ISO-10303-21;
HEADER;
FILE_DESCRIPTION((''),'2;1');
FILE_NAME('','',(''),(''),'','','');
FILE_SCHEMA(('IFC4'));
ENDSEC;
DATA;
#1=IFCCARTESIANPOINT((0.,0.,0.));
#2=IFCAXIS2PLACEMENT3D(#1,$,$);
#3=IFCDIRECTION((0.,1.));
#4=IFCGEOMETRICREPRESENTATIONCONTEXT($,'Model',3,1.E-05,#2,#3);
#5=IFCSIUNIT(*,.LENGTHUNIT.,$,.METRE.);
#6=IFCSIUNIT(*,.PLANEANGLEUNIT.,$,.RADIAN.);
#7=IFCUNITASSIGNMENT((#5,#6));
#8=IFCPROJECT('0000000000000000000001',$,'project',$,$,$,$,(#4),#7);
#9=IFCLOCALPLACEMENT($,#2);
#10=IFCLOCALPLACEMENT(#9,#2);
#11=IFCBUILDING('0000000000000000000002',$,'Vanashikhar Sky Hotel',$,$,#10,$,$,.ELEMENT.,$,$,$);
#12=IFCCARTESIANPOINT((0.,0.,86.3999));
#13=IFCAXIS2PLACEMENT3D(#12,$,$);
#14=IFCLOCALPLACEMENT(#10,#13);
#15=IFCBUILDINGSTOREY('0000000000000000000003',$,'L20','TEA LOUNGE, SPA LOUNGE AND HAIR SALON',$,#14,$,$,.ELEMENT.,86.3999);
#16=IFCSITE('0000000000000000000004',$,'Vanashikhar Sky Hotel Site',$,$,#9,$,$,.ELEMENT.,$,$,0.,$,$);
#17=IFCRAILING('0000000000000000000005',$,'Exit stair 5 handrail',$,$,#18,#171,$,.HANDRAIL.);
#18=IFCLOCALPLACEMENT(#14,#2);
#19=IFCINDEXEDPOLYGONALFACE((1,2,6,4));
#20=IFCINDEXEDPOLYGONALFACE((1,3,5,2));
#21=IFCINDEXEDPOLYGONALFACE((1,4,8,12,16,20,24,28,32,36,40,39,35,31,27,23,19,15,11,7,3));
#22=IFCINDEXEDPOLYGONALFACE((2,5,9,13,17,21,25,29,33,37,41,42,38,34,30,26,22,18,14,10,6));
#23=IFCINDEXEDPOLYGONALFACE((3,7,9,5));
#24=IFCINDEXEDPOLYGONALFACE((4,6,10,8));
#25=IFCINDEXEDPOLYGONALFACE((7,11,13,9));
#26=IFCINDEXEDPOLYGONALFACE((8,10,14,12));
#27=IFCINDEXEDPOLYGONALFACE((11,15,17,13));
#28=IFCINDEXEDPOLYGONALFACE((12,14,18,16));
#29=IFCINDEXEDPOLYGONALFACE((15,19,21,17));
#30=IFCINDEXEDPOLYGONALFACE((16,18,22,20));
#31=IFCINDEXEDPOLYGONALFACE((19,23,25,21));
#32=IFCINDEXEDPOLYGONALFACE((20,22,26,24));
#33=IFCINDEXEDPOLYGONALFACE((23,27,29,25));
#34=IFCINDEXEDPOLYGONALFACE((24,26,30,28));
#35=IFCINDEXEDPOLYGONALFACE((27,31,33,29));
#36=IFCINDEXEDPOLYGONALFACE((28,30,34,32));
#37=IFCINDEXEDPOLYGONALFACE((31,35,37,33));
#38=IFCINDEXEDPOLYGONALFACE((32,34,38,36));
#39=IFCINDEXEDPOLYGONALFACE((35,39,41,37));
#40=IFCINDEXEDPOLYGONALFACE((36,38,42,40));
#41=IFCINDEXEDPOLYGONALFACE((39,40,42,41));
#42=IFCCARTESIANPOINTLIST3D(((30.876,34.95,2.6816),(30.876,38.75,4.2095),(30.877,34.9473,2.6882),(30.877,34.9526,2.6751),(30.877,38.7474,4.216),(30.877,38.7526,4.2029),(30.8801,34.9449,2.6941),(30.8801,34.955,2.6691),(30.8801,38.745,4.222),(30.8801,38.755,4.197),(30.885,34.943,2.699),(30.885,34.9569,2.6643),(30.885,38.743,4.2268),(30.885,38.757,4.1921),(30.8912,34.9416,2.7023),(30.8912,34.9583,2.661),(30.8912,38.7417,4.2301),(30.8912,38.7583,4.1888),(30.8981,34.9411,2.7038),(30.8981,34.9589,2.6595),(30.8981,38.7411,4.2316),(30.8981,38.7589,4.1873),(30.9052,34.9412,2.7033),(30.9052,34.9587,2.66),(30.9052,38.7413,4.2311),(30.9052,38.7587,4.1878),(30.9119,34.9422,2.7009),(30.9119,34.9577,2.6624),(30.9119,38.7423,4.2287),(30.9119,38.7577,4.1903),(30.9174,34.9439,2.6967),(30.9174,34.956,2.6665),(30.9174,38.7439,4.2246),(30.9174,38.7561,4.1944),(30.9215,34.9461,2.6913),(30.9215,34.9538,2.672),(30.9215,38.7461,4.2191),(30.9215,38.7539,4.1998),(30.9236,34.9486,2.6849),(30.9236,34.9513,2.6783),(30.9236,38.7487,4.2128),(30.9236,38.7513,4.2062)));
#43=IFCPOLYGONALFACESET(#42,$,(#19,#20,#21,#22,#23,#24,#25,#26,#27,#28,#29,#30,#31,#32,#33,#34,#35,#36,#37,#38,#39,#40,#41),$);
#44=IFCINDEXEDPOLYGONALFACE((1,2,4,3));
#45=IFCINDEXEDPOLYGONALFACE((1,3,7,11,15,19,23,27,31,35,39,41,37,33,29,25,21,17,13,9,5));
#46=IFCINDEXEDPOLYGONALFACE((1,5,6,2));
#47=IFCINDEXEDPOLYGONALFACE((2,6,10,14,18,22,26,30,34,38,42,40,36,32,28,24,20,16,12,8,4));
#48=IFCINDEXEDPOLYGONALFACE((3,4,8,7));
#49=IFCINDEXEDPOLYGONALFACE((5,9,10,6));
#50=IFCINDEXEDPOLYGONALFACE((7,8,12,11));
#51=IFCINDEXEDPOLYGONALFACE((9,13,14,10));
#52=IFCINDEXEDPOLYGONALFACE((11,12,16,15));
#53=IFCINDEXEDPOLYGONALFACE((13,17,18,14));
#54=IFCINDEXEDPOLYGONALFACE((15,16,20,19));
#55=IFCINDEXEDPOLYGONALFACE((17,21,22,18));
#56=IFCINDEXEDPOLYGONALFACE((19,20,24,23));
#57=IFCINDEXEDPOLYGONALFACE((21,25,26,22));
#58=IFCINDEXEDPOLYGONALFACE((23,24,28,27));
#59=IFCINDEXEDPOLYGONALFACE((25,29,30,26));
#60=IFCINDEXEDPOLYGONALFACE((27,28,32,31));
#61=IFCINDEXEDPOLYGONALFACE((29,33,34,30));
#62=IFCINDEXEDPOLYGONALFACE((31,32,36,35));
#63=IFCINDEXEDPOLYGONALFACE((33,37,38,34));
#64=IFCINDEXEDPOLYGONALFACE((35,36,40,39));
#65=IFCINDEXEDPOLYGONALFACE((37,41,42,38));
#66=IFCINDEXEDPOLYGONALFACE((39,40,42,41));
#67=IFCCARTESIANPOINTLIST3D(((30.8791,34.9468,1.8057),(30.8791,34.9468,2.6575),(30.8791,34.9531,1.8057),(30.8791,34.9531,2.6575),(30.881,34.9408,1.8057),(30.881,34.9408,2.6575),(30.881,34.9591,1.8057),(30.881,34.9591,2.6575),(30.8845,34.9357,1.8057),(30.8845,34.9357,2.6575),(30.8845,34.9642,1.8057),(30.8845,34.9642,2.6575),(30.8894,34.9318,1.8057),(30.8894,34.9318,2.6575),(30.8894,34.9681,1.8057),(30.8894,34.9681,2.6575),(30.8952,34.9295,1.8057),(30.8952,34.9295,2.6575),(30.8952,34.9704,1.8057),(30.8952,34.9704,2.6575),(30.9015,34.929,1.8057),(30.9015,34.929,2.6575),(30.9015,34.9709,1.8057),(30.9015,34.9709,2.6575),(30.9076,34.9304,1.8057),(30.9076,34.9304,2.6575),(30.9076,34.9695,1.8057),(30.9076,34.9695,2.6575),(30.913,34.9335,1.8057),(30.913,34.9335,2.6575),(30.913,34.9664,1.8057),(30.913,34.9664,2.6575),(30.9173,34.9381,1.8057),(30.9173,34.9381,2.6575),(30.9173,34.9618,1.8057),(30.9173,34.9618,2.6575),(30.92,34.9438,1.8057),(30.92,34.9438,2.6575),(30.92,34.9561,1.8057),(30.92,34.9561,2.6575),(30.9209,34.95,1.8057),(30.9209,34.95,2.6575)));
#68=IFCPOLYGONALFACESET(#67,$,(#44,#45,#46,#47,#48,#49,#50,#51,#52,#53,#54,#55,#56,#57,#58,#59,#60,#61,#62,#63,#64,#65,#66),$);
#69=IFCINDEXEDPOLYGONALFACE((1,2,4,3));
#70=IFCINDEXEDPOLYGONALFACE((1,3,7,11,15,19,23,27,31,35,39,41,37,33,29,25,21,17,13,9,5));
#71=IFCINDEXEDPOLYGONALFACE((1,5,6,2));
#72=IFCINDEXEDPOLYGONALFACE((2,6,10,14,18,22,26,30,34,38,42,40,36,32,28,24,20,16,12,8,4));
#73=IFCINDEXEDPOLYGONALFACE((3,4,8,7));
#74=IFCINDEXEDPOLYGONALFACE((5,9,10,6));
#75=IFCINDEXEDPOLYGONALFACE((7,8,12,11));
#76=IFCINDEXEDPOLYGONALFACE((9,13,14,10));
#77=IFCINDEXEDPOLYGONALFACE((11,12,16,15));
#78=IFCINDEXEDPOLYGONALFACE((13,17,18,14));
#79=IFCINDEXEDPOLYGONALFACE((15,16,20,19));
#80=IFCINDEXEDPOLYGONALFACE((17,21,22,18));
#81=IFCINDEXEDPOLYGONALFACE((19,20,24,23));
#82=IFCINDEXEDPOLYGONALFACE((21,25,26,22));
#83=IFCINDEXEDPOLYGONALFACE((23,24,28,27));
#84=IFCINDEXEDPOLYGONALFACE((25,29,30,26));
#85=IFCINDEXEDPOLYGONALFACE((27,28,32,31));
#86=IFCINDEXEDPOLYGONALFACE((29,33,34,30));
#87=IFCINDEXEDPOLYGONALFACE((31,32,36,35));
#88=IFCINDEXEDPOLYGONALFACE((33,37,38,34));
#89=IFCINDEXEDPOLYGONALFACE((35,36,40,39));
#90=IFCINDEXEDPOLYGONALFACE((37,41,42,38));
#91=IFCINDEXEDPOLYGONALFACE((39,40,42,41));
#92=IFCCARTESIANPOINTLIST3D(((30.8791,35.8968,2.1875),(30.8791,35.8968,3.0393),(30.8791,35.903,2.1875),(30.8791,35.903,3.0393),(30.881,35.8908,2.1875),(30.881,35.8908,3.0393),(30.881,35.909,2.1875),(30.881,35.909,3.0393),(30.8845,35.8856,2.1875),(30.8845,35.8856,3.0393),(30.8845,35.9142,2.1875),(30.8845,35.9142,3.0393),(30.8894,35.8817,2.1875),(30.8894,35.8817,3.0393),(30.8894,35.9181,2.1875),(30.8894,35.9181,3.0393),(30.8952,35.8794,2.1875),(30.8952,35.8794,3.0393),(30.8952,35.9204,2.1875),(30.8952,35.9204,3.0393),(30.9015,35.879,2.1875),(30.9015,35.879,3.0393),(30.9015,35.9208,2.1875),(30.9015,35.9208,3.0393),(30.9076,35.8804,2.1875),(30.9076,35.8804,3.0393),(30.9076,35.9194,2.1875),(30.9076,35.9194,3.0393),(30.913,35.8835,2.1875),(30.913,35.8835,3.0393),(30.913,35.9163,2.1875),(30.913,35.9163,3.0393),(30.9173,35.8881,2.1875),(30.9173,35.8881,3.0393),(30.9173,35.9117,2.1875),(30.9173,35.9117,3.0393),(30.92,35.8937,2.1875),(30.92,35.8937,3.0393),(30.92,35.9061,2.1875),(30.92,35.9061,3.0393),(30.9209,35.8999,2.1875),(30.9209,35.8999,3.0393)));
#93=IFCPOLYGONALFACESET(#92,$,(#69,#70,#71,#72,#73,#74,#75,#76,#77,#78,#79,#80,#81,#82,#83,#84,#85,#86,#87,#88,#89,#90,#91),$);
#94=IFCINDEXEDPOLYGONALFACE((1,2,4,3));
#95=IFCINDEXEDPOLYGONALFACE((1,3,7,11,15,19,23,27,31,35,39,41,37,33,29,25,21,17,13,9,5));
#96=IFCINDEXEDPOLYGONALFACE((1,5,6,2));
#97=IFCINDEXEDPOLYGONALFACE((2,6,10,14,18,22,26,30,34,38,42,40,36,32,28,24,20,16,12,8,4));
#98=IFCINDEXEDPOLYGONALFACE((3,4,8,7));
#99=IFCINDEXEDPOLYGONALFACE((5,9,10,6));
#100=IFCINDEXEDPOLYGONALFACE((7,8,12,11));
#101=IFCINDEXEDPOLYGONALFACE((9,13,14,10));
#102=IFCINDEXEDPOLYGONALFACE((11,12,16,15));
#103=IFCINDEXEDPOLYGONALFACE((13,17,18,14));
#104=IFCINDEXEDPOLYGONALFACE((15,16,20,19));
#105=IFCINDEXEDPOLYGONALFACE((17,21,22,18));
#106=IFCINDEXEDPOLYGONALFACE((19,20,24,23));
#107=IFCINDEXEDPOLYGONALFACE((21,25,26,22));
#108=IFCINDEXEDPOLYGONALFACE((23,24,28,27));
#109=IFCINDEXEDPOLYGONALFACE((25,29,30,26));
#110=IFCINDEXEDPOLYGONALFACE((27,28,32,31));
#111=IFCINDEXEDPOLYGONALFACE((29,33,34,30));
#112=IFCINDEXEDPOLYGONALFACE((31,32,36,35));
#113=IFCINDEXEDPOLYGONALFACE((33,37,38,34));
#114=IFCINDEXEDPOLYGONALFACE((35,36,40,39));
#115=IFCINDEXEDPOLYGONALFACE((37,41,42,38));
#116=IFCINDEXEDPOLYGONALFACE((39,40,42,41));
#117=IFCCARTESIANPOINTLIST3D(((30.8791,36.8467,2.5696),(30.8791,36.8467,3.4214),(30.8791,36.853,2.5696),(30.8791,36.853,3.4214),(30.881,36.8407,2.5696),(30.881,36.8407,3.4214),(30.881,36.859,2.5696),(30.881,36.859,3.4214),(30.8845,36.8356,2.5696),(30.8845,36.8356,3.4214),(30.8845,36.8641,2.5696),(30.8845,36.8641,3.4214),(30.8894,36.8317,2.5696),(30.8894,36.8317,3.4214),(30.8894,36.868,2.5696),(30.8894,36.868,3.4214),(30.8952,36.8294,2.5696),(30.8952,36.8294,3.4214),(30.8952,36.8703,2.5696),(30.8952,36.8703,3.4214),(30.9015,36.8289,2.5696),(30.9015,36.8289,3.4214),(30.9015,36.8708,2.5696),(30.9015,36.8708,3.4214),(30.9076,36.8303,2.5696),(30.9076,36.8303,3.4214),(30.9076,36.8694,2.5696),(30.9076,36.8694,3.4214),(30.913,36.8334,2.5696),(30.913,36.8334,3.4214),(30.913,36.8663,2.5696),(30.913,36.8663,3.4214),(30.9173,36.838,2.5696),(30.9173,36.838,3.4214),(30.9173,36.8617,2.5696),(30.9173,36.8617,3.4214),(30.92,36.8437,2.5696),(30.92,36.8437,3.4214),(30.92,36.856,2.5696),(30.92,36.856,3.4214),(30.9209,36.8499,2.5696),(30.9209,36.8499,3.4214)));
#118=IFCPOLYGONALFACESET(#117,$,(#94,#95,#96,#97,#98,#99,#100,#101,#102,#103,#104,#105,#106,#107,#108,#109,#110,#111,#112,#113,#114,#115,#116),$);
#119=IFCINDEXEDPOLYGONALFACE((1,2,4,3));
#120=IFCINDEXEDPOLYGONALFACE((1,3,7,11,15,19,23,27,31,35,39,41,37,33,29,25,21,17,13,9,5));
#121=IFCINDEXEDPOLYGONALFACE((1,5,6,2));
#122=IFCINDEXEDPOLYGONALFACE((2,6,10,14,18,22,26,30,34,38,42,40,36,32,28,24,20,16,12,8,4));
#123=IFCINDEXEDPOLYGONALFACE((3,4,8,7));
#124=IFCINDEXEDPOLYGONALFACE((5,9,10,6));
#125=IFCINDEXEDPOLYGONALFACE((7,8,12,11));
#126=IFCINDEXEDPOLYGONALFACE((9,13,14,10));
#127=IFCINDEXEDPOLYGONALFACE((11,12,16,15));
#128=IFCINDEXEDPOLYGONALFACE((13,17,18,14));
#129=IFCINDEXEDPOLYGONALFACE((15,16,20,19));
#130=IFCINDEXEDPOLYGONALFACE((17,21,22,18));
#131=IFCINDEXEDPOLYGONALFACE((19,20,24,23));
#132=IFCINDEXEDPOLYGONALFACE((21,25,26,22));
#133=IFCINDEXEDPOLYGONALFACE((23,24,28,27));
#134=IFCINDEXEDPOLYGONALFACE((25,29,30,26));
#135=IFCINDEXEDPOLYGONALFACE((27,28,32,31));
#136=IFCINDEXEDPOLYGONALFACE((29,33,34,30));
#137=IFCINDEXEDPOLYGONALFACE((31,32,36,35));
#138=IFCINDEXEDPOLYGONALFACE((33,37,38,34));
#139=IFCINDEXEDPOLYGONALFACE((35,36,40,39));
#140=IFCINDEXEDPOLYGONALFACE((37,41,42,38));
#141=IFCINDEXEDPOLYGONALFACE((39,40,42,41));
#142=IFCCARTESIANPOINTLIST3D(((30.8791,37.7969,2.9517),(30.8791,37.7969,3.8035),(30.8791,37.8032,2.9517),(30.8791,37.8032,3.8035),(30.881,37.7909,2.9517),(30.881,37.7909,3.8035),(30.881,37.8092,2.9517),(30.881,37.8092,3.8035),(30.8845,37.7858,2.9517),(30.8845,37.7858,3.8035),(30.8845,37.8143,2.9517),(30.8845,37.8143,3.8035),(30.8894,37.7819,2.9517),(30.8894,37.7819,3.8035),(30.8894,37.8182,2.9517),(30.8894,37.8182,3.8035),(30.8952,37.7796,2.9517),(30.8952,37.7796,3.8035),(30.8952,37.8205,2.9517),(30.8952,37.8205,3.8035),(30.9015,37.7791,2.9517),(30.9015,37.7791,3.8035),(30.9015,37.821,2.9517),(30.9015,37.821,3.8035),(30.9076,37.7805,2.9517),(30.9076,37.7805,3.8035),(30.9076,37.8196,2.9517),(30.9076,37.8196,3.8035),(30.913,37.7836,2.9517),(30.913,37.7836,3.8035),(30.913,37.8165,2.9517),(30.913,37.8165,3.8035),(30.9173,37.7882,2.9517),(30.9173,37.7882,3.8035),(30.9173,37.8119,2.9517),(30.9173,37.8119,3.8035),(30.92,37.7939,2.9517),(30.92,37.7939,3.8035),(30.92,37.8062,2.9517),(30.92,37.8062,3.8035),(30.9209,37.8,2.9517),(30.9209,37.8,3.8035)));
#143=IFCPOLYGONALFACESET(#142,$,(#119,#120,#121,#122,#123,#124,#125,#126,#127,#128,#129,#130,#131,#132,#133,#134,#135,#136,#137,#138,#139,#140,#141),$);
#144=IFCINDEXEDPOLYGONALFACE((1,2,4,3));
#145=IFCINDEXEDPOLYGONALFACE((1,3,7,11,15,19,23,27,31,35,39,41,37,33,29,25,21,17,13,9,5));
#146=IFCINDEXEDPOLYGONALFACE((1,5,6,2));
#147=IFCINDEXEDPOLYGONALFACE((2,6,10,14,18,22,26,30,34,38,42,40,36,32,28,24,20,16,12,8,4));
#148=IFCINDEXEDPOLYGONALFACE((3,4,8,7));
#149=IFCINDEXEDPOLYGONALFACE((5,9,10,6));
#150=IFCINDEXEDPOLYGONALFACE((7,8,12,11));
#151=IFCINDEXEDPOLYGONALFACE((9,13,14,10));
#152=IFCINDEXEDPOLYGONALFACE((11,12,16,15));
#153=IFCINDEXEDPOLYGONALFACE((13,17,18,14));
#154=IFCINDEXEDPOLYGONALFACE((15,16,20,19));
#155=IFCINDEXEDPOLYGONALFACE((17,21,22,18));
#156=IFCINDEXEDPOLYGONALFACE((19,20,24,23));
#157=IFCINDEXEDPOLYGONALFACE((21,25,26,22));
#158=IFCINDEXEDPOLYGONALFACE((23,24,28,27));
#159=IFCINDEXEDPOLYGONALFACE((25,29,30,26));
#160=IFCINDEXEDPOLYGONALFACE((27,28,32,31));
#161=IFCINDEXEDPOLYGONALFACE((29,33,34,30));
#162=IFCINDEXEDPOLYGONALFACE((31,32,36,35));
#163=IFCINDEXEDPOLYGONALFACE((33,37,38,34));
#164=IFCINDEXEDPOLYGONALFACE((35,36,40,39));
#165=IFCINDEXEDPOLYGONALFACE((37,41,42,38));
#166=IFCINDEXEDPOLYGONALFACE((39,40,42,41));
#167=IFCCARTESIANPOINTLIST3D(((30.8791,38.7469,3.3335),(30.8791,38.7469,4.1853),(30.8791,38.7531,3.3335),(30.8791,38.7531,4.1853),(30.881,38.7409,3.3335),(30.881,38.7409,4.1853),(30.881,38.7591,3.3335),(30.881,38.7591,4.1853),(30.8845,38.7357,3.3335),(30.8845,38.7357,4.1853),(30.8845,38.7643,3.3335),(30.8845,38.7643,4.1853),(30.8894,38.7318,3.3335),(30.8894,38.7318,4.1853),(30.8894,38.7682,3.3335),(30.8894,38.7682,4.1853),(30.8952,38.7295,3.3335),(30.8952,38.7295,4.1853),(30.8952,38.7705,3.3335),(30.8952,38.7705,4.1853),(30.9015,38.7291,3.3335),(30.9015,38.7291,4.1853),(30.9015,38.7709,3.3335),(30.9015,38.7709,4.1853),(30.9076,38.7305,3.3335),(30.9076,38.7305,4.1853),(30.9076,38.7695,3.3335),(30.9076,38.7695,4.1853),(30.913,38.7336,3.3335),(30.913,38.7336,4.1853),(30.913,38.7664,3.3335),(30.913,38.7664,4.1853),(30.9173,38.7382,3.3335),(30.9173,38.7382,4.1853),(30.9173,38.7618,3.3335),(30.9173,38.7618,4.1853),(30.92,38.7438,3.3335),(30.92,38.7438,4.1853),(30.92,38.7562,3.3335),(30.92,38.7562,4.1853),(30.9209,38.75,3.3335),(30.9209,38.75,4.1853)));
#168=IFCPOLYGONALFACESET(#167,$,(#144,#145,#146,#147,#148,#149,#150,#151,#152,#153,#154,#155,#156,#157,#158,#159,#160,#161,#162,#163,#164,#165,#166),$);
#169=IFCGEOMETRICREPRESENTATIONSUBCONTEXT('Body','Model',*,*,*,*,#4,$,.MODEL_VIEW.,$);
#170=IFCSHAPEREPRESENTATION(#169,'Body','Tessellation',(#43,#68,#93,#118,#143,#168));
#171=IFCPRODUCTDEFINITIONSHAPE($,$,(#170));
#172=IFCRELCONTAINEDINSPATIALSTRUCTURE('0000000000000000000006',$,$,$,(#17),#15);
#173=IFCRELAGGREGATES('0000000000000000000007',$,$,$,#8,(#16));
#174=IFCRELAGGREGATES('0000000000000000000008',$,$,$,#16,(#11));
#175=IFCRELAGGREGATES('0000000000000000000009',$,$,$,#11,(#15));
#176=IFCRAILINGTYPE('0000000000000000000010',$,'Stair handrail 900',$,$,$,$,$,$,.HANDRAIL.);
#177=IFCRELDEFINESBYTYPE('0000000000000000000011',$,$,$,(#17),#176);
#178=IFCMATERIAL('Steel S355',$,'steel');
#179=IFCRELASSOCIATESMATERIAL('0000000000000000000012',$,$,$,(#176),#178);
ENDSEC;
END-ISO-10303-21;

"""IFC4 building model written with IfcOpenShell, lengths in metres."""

from ifc_helpers import new_model, si_unit, direction, frame, origin, origin_2d, place, context, subcontext, project, spatial, circle, extrude, source, transform, mapped, material, type_object, element, save


model = new_model("IFC4")

# Units and contexts
model_context = context("Model", 3, precision=1e-05, world=origin(), true_north=direction((0.0, 1.0)))
body_context = subcontext(model_context, "Body", "Model", "MODEL_VIEW")
ifc_project = project(units=[si_unit("LENGTHUNIT", "METRE"), si_unit("PLANEANGLEUNIT", "RADIAN")], contexts=[model_context])

# Site, building, storey
site_placement = place(None, origin())
site = spatial("IfcSite", under=ifc_project, at=site_placement, Name="Vanashikhar Sky Hotel Site", CompositionType="ELEMENT", RefElevation=0.0)
building_placement = place(site_placement, origin())
building = spatial("IfcBuilding", under=site, at=building_placement, Name="Vanashikhar Sky Hotel", CompositionType="ELEMENT")
storey_placement = place(building_placement, frame((0.0, 0.0, 86.3999)))
storey = spatial("IfcBuildingStorey", under=building, at=storey_placement, Name="L20", Description="TEA LOUNGE, SPA LOUNGE AND HAIR SALON", CompositionType="ELEMENT", Elevation=86.3999)

# Railing
ifc_material_1 = material(Name="Steel S355", Category="steel")
railing_type = type_object("IfcRailingType", Name="Stair handrail 900", PredefinedType="HANDRAIL", material=ifc_material_1)
shared_shape_1 = source(origin(), body_context, "Body", "SweptSolid", [
    extrude(circle(Radius=0.0239, at=origin_2d()), frame((0.0, 0.0, 0.876), z_axis=(0.0, 0.927817, 0.373034), x_axis=(-1.0, 0.0, 0.0)), (0.0, 0.0, 1.0), 4.0957),
    extrude(circle(Radius=0.021, at=origin_2d()), origin(), (0.0, 0.0, 1.0), 0.8518),
    extrude(circle(Radius=0.021, at=origin_2d()), frame((0.0, 0.95, 0.3818)), (0.0, 0.0, 1.0), 0.8518),
    extrude(circle(Radius=0.021, at=origin_2d()), frame((0.0, 1.8999, 0.7639)), (0.0, 0.0, 1.0), 0.8518),
    extrude(circle(Radius=0.021, at=origin_2d()), frame((0.0, 2.8501, 1.146)), (0.0, 0.0, 1.0), 0.8518),
    extrude(circle(Radius=0.021, at=origin_2d()), frame((0.0, 3.8, 1.5278)), (0.0, 0.0, 1.0), 0.8518),
])
for number, where, name in (
    (1, (30.8999, 34.95, 1.8057), "Exit stair 5 handrail"),
):
    element("IfcRailing", number, at=place(storey_placement, frame(where)), inside=storey, type_object=railing_type, Name=name, PredefinedType="HANDRAIL", context=body_context, shape_type="MappedRepresentation", body=[
        mapped(shared_shape_1, transform((0.0, 0.0, 0.0), scale=1.0)),
    ])

save(model, "model.ifc")
